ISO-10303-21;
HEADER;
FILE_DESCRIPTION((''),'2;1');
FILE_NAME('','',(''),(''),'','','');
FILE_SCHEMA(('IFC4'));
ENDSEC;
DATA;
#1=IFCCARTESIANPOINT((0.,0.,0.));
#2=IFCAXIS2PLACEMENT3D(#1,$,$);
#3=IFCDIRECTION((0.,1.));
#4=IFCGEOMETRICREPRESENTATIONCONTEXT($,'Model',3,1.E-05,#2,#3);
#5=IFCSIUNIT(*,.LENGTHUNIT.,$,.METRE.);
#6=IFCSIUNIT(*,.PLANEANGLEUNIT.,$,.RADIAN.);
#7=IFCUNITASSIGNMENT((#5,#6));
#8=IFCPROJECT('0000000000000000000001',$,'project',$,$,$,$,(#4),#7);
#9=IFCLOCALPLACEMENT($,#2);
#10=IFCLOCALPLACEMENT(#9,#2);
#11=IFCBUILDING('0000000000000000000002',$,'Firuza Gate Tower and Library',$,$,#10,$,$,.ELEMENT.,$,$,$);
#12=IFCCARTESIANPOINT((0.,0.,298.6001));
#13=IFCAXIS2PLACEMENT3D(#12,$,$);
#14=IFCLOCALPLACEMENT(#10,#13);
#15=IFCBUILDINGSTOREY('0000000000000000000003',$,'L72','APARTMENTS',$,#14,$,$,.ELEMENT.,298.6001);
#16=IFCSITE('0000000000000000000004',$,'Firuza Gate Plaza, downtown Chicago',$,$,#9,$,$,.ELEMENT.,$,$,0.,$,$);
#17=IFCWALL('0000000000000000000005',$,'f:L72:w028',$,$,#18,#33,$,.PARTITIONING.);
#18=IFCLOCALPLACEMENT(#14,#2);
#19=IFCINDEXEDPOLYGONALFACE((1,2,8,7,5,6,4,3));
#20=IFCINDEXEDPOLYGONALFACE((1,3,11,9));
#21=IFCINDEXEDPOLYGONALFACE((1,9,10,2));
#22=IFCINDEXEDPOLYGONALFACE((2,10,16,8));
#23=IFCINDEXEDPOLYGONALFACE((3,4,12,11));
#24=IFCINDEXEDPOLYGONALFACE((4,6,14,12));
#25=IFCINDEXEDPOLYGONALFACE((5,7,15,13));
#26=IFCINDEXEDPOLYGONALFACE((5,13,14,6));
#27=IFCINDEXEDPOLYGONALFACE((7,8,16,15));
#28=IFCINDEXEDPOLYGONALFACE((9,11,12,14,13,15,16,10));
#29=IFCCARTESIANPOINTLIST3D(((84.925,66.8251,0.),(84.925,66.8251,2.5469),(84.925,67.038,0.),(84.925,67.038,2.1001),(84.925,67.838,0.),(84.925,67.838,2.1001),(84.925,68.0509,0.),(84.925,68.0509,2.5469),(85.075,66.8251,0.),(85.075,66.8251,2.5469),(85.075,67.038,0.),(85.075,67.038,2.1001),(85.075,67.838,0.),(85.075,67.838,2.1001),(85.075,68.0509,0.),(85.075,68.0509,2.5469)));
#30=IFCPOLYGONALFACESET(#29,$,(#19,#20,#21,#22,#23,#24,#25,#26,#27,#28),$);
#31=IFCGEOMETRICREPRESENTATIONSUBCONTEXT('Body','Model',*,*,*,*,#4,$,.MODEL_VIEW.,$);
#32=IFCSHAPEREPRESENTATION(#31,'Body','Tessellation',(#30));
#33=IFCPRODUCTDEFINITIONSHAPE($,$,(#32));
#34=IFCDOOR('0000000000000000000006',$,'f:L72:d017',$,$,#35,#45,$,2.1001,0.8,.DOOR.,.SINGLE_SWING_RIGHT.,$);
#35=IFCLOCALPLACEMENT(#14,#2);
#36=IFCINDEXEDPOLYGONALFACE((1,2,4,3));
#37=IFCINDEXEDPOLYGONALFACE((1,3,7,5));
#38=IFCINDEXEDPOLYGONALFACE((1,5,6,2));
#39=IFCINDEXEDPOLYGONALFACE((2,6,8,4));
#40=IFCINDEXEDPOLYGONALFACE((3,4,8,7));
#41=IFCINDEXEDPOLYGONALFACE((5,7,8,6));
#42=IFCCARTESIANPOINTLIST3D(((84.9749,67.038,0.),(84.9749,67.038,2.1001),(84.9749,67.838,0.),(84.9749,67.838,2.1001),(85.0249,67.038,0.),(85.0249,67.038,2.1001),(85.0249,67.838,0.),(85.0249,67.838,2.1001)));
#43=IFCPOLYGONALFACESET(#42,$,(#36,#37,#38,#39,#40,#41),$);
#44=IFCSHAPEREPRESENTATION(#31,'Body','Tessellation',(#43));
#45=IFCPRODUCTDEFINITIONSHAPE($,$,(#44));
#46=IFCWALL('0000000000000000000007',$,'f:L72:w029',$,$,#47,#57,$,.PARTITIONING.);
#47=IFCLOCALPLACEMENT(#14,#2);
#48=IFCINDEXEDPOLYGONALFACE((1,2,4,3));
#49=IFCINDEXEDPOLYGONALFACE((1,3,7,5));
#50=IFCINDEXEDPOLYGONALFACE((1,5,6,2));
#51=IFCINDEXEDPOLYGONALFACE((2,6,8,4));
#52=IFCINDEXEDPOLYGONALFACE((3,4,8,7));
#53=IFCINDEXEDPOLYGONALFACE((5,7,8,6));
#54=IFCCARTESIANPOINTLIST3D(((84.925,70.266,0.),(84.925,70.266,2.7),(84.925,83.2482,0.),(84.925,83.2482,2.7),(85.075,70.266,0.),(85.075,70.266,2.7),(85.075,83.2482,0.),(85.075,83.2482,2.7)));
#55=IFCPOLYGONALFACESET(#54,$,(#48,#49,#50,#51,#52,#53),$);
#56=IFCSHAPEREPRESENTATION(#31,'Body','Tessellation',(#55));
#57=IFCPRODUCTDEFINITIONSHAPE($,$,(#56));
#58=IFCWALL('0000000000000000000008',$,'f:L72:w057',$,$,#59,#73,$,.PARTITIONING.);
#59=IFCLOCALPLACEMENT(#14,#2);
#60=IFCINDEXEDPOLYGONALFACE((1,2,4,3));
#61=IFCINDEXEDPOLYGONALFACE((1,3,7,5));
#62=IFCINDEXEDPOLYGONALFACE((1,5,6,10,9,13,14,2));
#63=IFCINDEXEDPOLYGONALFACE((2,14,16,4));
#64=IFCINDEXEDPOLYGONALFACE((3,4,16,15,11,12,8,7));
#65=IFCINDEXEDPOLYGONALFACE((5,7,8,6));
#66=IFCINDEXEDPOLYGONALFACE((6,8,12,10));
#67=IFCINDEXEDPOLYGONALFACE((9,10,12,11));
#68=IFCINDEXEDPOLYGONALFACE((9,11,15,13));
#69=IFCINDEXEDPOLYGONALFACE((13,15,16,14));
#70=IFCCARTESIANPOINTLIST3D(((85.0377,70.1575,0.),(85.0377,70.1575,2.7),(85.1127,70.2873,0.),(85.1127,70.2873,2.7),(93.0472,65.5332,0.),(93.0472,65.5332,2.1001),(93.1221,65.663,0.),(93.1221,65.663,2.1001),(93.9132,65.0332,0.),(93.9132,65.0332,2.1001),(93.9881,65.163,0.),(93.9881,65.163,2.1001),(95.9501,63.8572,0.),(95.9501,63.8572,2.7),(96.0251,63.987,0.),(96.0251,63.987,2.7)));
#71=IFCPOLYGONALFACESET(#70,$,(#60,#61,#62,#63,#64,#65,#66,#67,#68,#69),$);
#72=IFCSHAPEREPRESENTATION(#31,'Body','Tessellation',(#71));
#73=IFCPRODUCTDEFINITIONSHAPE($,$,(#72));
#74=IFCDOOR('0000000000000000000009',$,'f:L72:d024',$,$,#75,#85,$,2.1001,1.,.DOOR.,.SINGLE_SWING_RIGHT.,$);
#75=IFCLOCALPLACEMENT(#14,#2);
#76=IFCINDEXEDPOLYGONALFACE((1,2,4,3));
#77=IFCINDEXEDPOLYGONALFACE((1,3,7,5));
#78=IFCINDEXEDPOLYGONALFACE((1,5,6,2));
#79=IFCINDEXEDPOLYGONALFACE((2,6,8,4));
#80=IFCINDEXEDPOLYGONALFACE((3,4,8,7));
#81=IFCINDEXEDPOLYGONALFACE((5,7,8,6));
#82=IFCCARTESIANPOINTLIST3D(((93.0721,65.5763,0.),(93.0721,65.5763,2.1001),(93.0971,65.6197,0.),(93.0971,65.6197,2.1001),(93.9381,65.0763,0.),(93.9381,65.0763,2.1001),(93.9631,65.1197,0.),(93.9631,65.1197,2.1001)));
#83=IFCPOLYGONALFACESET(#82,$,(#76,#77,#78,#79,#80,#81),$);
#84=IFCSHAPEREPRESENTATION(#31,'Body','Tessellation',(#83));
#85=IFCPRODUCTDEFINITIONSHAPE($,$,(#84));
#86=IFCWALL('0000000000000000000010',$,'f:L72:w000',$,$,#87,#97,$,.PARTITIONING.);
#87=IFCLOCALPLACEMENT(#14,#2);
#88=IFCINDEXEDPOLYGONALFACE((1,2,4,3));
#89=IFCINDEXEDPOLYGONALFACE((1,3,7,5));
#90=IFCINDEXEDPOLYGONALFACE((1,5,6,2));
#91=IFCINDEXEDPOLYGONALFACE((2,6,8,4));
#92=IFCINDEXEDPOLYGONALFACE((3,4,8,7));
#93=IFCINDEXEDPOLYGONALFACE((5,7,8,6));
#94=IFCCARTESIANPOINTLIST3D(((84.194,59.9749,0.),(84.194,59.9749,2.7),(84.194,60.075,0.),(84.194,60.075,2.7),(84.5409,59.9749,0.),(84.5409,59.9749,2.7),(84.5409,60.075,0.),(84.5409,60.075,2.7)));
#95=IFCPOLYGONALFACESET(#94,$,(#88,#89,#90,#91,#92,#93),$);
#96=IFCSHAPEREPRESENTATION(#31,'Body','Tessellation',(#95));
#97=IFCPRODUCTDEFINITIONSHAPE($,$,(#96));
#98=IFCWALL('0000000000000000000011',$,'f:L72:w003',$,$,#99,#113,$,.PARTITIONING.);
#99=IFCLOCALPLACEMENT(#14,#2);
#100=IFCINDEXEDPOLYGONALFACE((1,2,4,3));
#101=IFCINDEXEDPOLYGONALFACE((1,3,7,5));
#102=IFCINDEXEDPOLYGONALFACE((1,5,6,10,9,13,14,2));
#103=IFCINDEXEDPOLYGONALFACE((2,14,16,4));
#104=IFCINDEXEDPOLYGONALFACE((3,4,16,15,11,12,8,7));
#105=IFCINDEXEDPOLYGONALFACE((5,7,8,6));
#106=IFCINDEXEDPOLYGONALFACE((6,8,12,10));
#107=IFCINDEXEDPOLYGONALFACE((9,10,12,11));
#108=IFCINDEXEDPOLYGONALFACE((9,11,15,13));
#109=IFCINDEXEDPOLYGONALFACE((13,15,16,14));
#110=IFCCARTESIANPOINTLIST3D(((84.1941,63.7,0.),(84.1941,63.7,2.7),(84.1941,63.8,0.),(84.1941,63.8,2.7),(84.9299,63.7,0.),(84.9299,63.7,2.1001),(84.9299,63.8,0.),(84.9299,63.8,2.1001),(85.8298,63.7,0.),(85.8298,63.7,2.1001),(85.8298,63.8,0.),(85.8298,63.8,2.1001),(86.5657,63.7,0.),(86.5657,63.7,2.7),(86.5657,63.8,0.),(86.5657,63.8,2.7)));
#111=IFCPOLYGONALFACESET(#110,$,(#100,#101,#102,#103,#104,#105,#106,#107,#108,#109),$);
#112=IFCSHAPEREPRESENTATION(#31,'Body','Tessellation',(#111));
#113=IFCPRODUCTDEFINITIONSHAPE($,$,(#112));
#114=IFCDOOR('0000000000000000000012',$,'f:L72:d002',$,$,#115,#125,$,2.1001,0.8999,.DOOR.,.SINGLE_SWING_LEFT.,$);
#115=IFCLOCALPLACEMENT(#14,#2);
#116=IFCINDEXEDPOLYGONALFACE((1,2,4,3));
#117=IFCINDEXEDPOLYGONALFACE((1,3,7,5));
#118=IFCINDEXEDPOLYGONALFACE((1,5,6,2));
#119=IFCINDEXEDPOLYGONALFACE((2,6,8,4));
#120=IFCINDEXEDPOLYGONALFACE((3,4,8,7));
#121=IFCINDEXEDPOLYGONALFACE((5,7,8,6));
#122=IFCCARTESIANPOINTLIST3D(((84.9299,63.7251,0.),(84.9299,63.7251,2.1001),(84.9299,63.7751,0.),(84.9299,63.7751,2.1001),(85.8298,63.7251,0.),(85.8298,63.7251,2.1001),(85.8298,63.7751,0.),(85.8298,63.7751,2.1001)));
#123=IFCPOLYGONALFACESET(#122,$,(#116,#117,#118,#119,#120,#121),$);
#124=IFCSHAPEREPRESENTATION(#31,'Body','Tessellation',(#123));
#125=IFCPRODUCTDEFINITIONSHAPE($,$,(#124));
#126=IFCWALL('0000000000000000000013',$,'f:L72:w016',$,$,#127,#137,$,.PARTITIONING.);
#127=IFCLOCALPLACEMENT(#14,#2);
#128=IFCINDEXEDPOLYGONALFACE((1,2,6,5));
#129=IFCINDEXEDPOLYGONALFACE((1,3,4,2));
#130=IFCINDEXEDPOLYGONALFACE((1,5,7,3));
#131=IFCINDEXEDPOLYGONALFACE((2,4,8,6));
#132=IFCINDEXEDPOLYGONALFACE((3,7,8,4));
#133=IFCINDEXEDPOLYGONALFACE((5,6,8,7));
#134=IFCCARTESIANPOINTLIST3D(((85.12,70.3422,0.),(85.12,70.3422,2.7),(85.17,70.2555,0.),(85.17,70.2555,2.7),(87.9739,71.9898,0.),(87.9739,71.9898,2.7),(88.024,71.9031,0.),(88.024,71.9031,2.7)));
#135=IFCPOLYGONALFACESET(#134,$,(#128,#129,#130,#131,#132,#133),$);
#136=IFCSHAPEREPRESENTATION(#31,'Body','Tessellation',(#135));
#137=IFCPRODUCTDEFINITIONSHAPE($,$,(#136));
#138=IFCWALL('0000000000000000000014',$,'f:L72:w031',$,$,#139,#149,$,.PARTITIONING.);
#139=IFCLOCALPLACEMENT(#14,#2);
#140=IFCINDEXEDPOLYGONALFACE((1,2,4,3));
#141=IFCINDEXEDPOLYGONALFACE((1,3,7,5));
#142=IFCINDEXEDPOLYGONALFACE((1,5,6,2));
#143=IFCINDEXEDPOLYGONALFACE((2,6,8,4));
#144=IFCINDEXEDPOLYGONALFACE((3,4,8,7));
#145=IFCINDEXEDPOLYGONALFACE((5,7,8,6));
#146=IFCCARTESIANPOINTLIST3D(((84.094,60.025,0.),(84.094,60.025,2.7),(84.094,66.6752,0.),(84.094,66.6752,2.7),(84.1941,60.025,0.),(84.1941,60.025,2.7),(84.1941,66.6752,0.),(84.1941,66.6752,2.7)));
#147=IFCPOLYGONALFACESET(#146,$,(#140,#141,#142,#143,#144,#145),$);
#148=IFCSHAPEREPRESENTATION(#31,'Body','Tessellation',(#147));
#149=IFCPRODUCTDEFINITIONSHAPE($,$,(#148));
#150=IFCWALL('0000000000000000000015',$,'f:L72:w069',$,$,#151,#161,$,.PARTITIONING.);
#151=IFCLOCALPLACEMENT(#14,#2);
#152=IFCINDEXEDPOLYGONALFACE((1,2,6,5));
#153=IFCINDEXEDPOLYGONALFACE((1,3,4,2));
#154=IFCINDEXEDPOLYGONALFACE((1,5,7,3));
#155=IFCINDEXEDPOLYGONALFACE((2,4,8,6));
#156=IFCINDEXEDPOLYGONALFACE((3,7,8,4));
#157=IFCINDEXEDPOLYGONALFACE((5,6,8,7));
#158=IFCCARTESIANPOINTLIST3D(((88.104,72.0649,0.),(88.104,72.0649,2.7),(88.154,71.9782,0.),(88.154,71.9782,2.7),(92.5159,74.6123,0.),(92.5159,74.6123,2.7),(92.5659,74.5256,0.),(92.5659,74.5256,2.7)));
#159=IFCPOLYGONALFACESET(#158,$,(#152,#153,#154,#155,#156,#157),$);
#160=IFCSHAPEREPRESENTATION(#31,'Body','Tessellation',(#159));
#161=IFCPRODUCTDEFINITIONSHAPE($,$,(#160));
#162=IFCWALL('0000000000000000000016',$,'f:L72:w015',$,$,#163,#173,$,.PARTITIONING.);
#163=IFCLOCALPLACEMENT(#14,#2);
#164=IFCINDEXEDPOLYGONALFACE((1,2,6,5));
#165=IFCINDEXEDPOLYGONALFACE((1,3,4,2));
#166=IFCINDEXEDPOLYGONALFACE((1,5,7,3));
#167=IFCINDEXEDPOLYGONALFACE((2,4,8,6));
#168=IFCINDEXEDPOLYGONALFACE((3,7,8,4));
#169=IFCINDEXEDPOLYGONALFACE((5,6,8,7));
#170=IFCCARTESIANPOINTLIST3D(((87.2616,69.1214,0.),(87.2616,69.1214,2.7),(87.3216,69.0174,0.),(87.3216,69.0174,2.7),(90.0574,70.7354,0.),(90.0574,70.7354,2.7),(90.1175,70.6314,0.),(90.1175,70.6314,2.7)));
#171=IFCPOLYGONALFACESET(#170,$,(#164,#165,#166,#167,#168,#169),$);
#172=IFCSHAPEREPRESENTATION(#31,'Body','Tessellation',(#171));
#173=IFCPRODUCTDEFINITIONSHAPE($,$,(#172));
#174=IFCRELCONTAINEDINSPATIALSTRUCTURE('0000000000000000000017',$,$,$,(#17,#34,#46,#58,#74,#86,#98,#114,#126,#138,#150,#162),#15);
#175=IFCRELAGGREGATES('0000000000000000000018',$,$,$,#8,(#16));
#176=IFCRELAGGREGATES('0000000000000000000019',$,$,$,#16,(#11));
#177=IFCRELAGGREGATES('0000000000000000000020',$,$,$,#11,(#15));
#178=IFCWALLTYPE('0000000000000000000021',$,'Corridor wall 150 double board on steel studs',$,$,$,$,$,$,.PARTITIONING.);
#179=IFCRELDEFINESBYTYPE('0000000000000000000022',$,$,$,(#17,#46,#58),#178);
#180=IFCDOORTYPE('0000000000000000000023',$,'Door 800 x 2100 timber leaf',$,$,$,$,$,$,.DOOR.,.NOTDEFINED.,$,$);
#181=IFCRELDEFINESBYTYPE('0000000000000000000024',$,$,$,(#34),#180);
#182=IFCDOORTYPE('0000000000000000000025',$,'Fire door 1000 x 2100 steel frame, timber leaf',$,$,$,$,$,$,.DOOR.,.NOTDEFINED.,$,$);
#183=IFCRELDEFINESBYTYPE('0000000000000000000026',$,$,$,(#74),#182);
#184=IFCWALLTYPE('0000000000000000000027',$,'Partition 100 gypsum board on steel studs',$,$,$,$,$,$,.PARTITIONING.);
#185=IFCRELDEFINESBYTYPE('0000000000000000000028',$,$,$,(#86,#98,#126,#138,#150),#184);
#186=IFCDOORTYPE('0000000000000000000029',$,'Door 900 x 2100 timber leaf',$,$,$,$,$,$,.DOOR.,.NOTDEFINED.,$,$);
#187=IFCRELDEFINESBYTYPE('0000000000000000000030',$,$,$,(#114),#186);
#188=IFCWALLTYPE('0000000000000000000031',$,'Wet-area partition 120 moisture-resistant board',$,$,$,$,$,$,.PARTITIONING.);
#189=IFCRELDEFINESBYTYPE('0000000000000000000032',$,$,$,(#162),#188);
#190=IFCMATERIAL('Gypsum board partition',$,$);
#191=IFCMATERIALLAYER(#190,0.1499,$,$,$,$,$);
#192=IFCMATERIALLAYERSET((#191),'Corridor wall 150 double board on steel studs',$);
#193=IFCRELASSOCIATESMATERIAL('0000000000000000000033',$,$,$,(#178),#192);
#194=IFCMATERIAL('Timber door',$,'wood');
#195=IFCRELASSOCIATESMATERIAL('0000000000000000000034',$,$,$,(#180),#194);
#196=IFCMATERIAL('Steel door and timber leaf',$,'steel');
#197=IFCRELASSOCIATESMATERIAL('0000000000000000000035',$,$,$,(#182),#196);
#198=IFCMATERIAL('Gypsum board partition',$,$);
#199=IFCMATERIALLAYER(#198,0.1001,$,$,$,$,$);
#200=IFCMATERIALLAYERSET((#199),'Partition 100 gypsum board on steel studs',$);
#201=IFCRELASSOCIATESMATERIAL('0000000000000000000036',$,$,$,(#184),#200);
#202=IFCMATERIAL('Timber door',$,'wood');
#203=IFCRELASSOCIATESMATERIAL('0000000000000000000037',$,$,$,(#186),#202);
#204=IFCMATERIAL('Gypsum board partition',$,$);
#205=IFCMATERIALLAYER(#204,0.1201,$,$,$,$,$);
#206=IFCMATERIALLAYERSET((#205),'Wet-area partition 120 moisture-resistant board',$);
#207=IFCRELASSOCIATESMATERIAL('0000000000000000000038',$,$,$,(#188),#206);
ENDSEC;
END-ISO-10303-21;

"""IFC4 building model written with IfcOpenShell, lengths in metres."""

from ifc_helpers import new_model, si_unit, direction, frame, frame_2d, origin, place, context, subcontext, project, spatial, rectangle, extrude, material, layer, layer_set, type_object, element, fill, save


model = new_model("IFC4")

# Units and contexts
model_context = context("Model", 3, precision=1e-05, world=origin(), true_north=direction((0.0, 1.0)))
body_context = subcontext(model_context, "Body", "Model", "MODEL_VIEW")
ifc_project = project(units=[si_unit("LENGTHUNIT", "METRE"), si_unit("PLANEANGLEUNIT", "RADIAN")], contexts=[model_context])

# Site, building, storey
site_placement = place(None, origin())
site = spatial("IfcSite", under=ifc_project, at=site_placement, Name="Firuza Gate Plaza, downtown Chicago", CompositionType="ELEMENT", RefElevation=0.0)
building_placement = place(site_placement, origin())
building = spatial("IfcBuilding", under=site, at=building_placement, Name="Firuza Gate Tower and Library", CompositionType="ELEMENT")
storey_placement = place(building_placement, frame((0.0, 0.0, 298.6001)))
storey = spatial("IfcBuildingStorey", under=building, at=storey_placement, Name="L72", Description="APARTMENTS", CompositionType="ELEMENT", Elevation=298.6001)

# Shared definitions
ifc_material_1 = material(Name="Gypsum board partition")
ifc_layer_1 = layer(ifc_material_1, 0.1499)
ifc_layer_set_1 = layer_set([ifc_layer_1], Name="Corridor wall 150 double board on steel studs")
wall_type_1 = type_object("IfcWallType", Name="Corridor wall 150 double board on steel studs", PredefinedType="PARTITIONING", material=ifc_layer_set_1)

# Wall, opening, door
wall_1_placement = place(storey_placement, frame((85.0, 68.0508, 0.0), z_axis=(0.0, 0.0, 1.0), x_axis=(0.0, -1.0, 0.0)))
wall_1 = element("IfcWall", 1, at=wall_1_placement, inside=storey, type_object=wall_type_1, Name="f:L72:w028", PredefinedType="PARTITIONING", context=body_context, shape_type="SweptSolid", body=[
    extrude(rectangle(XDim=1.2258, YDim=0.1499, at=frame_2d((0.6128, 0.0))), origin(), (0.0, 0.0, 1.0), 2.5469),
])
opening_1_placement = place(wall_1_placement, frame((0.2129, 0.0, 0.0)))
opening_1 = element("IfcOpeningElement", 2, at=opening_1_placement, cuts=wall_1, PredefinedType="OPENING", context=body_context, shape_type="SweptSolid", body=[
    extrude(rectangle(XDim=0.8, YDim=2.1001, at=frame_2d((0.3999, 1.05))), frame((0.0, 0.085, 0.0), z_axis=(0.0, -1.0, 0.0), x_axis=(1.0, 0.0, 0.0)), (0.0, 0.0, 1.0), 0.1699),
])
ifc_material_2 = material(Name="Timber door", Category="wood")
door_type_1 = type_object("IfcDoorType", Name="Door 800 x 2100 timber leaf", OperationType="NOTDEFINED", PredefinedType="DOOR", material=ifc_material_2)
door_1_placement = place(opening_1_placement, origin())
door_1 = element("IfcDoor", 3, at=door_1_placement, inside=storey, type_object=door_type_1, Name="f:L72:d017", OperationType="SINGLE_SWING_RIGHT", OverallHeight=2.1001, OverallWidth=0.8, PredefinedType="DOOR", context=body_context, shape_type="SweptSolid", body=[
    extrude(rectangle(XDim=0.8, YDim=2.1001, at=frame_2d((0.3999, 1.05))), frame((0.0, 0.0249, 0.0), z_axis=(0.0, -1.0, 0.0), x_axis=(1.0, 0.0, 0.0)), (0.0, 0.0, 1.0), 0.05),
])
fill(opening_1, door_1)

# Wall
wall_2_placement = place(storey_placement, frame((85.0, 70.2659, 0.0), z_axis=(0.0, 0.0, 1.0), x_axis=(0.0, 1.0, 0.0)))
element("IfcWall", 4, at=wall_2_placement, inside=storey, type_object=wall_type_1, Name="f:L72:w029", PredefinedType="PARTITIONING", context=body_context, shape_type="SweptSolid", body=[
    extrude(rectangle(XDim=12.9822, YDim=0.1499, at=frame_2d((6.4912, 0.0))), origin(), (0.0, 0.0, 1.0), 2.7),
])

# Wall, opening, door
wall_3_placement = place(storey_placement, frame((85.0752, 70.2224, 0.0), z_axis=(0.0, 0.0, 1.0), x_axis=(0.866024, -0.500003, 0.0)))
wall_3 = element("IfcWall", 5, at=wall_3_placement, inside=storey, type_object=wall_type_1, Name="f:L72:w057", PredefinedType="PARTITIONING", context=body_context, shape_type="SweptSolid", body=[
    extrude(rectangle(XDim=12.6006, YDim=0.1499, at=frame_2d((6.3003, 0.0))), origin(), (0.0, 0.0, 1.0), 2.7),
])
opening_2_placement = place(wall_3_placement, frame((9.2485, 0.0, 0.0)))
opening_2 = element("IfcOpeningElement", 6, at=opening_2_placement, cuts=wall_3, PredefinedType="OPENING", context=body_context, shape_type="SweptSolid", body=[
    extrude(rectangle(XDim=1.0, YDim=2.1001, at=frame_2d((0.5, 1.05))), frame((0.0, 0.085, 0.0), z_axis=(0.0, -1.0, 0.0), x_axis=(1.0, 0.0, 0.0)), (0.0, 0.0, 1.0), 0.1699),
])
ifc_material_3 = material(Name="Steel door and timber leaf", Category="steel")
door_type_2 = type_object("IfcDoorType", Name="Fire door 1000 x 2100 steel frame, timber leaf", OperationType="NOTDEFINED", PredefinedType="DOOR", material=ifc_material_3)
door_2_placement = place(opening_2_placement, origin())
door_2 = element("IfcDoor", 7, at=door_2_placement, inside=storey, type_object=door_type_2, Name="f:L72:d024", OperationType="SINGLE_SWING_RIGHT", OverallHeight=2.1001, OverallWidth=1.0, PredefinedType="DOOR", context=body_context, shape_type="SweptSolid", body=[
    extrude(rectangle(XDim=1.0, YDim=2.1001, at=frame_2d((0.5, 1.05))), frame((0.0, 0.0249, 0.0), z_axis=(0.0, -1.0, 0.0), x_axis=(1.0, 0.0, 0.0)), (0.0, 0.0, 1.0), 0.05),
])
fill(opening_2, door_2)

# Wall
ifc_material_4 = material(Name="Gypsum board partition")
ifc_layer_2 = layer(ifc_material_4, 0.1001)
ifc_layer_set_2 = layer_set([ifc_layer_2], Name="Partition 100 gypsum board on steel studs")
wall_type_2 = type_object("IfcWallType", Name="Partition 100 gypsum board on steel studs", PredefinedType="PARTITIONING", material=ifc_layer_set_2)
wall_4_placement = place(storey_placement, frame((84.1941, 60.0249, 0.0), z_axis=(0.0, 0.0, 1.0), x_axis=(1.0, 0.0, 0.0)))
element("IfcWall", 8, at=wall_4_placement, inside=storey, type_object=wall_type_2, Name="f:L72:w000", PredefinedType="PARTITIONING", context=body_context, shape_type="SweptSolid", body=[
    extrude(rectangle(XDim=0.3469, YDim=0.1001, at=frame_2d((0.1733, 0.0))), origin(), (0.0, 0.0, 1.0), 2.7),
])

# Wall, opening, door
wall_5_placement = place(storey_placement, frame((86.5657, 63.75, 0.0), z_axis=(0.0, 0.0, 1.0), x_axis=(-1.0, 0.0, 0.0)))
wall_5 = element("IfcWall", 9, at=wall_5_placement, inside=storey, type_object=wall_type_2, Name="f:L72:w003", PredefinedType="PARTITIONING", context=body_context, shape_type="SweptSolid", body=[
    extrude(rectangle(XDim=2.3716, YDim=0.1001, at=frame_2d((1.1858, 0.0))), origin(), (0.0, 0.0, 1.0), 2.7),
])
opening_3_placement = place(wall_5_placement, frame((0.7358, 0.0, 0.0)))
opening_3 = element("IfcOpeningElement", 10, at=opening_3_placement, cuts=wall_5, PredefinedType="OPENING", context=body_context, shape_type="SweptSolid", body=[
    extrude(rectangle(XDim=0.8999, YDim=2.1001, at=frame_2d((0.45, 1.05))), frame((0.0, 0.0601, 0.0), z_axis=(0.0, -1.0, 0.0), x_axis=(1.0, 0.0, 0.0)), (0.0, 0.0, 1.0), 0.1201),
])
ifc_material_5 = material(Name="Timber door", Category="wood")
door_type_3 = type_object("IfcDoorType", Name="Door 900 x 2100 timber leaf", OperationType="NOTDEFINED", PredefinedType="DOOR", material=ifc_material_5)
door_3_placement = place(opening_3_placement, origin())
door_3 = element("IfcDoor", 11, at=door_3_placement, inside=storey, type_object=door_type_3, Name="f:L72:d002", OperationType="SINGLE_SWING_LEFT", OverallHeight=2.1001, OverallWidth=0.8999, PredefinedType="DOOR", context=body_context, shape_type="SweptSolid", body=[
    extrude(rectangle(XDim=0.8999, YDim=2.1001, at=frame_2d((0.45, 1.05))), frame((0.0, 0.0249, 0.0), z_axis=(0.0, -1.0, 0.0), x_axis=(1.0, 0.0, 0.0)), (0.0, 0.0, 1.0), 0.05),
])
fill(opening_3, door_3)

# Walls
wall_6_placement = place(storey_placement, frame((85.145, 70.2988, 0.0), z_axis=(0.0, 0.0, 1.0), x_axis=(0.866033, 0.499988, 0.0)))
element("IfcWall", 12, at=wall_6_placement, inside=storey, type_object=wall_type_2, Name="f:L72:w016", PredefinedType="PARTITIONING", context=body_context, shape_type="SweptSolid", body=[
    extrude(rectangle(XDim=3.2954, YDim=0.1001, at=frame_2d((1.6477, 0.0))), origin(), (0.0, 0.0, 1.0), 2.7),
])
wall_7_placement = place(storey_placement, frame((84.144, 60.0249, 0.0), z_axis=(0.0, 0.0, 1.0), x_axis=(0.0, 1.0, 0.0)))
element("IfcWall", 13, at=wall_7_placement, inside=storey, type_object=wall_type_2, Name="f:L72:w031", PredefinedType="PARTITIONING", context=body_context, shape_type="SweptSolid", body=[
    extrude(rectangle(XDim=6.6501, YDim=0.1001, at=frame_2d((3.3252, 0.0))), origin(), (0.0, 0.0, 1.0), 2.7),
])
wall_8_placement = place(storey_placement, frame((88.1289, 72.0215, 0.0), z_axis=(0.0, 0.0, 1.0), x_axis=(0.866011, 0.500025, 0.0)))
element("IfcWall", 14, at=wall_8_placement, inside=storey, type_object=wall_type_2, Name="f:L72:w069", PredefinedType="PARTITIONING", context=body_context, shape_type="SweptSolid", body=[
    extrude(rectangle(XDim=5.0945, YDim=0.1001, at=frame_2d((2.5474, 0.0))), origin(), (0.0, 0.0, 1.0), 2.7),
])
ifc_material_6 = material(Name="Gypsum board partition")
ifc_layer_3 = layer(ifc_material_6, 0.1201)
ifc_layer_set_3 = layer_set([ifc_layer_3], Name="Wet-area partition 120 moisture-resistant board")
wall_type_3 = type_object("IfcWallType", Name="Wet-area partition 120 moisture-resistant board", PredefinedType="PARTITIONING", material=ifc_layer_set_3)
wall_9_placement = place(storey_placement, frame((87.2915, 69.0693, 0.0), z_axis=(0.0, 0.0, 1.0), x_axis=(0.866052, 0.499954, 0.0)))
element("IfcWall", 15, at=wall_9_placement, inside=storey, type_object=wall_type_3, Name="f:L72:w015", PredefinedType="PARTITIONING", context=body_context, shape_type="SweptSolid", body=[
    extrude(rectangle(XDim=3.2283, YDim=0.1201, at=frame_2d((1.6143, 0.0))), origin(), (0.0, 0.0, 1.0), 2.7),
])

save(model, "model.ifc")
